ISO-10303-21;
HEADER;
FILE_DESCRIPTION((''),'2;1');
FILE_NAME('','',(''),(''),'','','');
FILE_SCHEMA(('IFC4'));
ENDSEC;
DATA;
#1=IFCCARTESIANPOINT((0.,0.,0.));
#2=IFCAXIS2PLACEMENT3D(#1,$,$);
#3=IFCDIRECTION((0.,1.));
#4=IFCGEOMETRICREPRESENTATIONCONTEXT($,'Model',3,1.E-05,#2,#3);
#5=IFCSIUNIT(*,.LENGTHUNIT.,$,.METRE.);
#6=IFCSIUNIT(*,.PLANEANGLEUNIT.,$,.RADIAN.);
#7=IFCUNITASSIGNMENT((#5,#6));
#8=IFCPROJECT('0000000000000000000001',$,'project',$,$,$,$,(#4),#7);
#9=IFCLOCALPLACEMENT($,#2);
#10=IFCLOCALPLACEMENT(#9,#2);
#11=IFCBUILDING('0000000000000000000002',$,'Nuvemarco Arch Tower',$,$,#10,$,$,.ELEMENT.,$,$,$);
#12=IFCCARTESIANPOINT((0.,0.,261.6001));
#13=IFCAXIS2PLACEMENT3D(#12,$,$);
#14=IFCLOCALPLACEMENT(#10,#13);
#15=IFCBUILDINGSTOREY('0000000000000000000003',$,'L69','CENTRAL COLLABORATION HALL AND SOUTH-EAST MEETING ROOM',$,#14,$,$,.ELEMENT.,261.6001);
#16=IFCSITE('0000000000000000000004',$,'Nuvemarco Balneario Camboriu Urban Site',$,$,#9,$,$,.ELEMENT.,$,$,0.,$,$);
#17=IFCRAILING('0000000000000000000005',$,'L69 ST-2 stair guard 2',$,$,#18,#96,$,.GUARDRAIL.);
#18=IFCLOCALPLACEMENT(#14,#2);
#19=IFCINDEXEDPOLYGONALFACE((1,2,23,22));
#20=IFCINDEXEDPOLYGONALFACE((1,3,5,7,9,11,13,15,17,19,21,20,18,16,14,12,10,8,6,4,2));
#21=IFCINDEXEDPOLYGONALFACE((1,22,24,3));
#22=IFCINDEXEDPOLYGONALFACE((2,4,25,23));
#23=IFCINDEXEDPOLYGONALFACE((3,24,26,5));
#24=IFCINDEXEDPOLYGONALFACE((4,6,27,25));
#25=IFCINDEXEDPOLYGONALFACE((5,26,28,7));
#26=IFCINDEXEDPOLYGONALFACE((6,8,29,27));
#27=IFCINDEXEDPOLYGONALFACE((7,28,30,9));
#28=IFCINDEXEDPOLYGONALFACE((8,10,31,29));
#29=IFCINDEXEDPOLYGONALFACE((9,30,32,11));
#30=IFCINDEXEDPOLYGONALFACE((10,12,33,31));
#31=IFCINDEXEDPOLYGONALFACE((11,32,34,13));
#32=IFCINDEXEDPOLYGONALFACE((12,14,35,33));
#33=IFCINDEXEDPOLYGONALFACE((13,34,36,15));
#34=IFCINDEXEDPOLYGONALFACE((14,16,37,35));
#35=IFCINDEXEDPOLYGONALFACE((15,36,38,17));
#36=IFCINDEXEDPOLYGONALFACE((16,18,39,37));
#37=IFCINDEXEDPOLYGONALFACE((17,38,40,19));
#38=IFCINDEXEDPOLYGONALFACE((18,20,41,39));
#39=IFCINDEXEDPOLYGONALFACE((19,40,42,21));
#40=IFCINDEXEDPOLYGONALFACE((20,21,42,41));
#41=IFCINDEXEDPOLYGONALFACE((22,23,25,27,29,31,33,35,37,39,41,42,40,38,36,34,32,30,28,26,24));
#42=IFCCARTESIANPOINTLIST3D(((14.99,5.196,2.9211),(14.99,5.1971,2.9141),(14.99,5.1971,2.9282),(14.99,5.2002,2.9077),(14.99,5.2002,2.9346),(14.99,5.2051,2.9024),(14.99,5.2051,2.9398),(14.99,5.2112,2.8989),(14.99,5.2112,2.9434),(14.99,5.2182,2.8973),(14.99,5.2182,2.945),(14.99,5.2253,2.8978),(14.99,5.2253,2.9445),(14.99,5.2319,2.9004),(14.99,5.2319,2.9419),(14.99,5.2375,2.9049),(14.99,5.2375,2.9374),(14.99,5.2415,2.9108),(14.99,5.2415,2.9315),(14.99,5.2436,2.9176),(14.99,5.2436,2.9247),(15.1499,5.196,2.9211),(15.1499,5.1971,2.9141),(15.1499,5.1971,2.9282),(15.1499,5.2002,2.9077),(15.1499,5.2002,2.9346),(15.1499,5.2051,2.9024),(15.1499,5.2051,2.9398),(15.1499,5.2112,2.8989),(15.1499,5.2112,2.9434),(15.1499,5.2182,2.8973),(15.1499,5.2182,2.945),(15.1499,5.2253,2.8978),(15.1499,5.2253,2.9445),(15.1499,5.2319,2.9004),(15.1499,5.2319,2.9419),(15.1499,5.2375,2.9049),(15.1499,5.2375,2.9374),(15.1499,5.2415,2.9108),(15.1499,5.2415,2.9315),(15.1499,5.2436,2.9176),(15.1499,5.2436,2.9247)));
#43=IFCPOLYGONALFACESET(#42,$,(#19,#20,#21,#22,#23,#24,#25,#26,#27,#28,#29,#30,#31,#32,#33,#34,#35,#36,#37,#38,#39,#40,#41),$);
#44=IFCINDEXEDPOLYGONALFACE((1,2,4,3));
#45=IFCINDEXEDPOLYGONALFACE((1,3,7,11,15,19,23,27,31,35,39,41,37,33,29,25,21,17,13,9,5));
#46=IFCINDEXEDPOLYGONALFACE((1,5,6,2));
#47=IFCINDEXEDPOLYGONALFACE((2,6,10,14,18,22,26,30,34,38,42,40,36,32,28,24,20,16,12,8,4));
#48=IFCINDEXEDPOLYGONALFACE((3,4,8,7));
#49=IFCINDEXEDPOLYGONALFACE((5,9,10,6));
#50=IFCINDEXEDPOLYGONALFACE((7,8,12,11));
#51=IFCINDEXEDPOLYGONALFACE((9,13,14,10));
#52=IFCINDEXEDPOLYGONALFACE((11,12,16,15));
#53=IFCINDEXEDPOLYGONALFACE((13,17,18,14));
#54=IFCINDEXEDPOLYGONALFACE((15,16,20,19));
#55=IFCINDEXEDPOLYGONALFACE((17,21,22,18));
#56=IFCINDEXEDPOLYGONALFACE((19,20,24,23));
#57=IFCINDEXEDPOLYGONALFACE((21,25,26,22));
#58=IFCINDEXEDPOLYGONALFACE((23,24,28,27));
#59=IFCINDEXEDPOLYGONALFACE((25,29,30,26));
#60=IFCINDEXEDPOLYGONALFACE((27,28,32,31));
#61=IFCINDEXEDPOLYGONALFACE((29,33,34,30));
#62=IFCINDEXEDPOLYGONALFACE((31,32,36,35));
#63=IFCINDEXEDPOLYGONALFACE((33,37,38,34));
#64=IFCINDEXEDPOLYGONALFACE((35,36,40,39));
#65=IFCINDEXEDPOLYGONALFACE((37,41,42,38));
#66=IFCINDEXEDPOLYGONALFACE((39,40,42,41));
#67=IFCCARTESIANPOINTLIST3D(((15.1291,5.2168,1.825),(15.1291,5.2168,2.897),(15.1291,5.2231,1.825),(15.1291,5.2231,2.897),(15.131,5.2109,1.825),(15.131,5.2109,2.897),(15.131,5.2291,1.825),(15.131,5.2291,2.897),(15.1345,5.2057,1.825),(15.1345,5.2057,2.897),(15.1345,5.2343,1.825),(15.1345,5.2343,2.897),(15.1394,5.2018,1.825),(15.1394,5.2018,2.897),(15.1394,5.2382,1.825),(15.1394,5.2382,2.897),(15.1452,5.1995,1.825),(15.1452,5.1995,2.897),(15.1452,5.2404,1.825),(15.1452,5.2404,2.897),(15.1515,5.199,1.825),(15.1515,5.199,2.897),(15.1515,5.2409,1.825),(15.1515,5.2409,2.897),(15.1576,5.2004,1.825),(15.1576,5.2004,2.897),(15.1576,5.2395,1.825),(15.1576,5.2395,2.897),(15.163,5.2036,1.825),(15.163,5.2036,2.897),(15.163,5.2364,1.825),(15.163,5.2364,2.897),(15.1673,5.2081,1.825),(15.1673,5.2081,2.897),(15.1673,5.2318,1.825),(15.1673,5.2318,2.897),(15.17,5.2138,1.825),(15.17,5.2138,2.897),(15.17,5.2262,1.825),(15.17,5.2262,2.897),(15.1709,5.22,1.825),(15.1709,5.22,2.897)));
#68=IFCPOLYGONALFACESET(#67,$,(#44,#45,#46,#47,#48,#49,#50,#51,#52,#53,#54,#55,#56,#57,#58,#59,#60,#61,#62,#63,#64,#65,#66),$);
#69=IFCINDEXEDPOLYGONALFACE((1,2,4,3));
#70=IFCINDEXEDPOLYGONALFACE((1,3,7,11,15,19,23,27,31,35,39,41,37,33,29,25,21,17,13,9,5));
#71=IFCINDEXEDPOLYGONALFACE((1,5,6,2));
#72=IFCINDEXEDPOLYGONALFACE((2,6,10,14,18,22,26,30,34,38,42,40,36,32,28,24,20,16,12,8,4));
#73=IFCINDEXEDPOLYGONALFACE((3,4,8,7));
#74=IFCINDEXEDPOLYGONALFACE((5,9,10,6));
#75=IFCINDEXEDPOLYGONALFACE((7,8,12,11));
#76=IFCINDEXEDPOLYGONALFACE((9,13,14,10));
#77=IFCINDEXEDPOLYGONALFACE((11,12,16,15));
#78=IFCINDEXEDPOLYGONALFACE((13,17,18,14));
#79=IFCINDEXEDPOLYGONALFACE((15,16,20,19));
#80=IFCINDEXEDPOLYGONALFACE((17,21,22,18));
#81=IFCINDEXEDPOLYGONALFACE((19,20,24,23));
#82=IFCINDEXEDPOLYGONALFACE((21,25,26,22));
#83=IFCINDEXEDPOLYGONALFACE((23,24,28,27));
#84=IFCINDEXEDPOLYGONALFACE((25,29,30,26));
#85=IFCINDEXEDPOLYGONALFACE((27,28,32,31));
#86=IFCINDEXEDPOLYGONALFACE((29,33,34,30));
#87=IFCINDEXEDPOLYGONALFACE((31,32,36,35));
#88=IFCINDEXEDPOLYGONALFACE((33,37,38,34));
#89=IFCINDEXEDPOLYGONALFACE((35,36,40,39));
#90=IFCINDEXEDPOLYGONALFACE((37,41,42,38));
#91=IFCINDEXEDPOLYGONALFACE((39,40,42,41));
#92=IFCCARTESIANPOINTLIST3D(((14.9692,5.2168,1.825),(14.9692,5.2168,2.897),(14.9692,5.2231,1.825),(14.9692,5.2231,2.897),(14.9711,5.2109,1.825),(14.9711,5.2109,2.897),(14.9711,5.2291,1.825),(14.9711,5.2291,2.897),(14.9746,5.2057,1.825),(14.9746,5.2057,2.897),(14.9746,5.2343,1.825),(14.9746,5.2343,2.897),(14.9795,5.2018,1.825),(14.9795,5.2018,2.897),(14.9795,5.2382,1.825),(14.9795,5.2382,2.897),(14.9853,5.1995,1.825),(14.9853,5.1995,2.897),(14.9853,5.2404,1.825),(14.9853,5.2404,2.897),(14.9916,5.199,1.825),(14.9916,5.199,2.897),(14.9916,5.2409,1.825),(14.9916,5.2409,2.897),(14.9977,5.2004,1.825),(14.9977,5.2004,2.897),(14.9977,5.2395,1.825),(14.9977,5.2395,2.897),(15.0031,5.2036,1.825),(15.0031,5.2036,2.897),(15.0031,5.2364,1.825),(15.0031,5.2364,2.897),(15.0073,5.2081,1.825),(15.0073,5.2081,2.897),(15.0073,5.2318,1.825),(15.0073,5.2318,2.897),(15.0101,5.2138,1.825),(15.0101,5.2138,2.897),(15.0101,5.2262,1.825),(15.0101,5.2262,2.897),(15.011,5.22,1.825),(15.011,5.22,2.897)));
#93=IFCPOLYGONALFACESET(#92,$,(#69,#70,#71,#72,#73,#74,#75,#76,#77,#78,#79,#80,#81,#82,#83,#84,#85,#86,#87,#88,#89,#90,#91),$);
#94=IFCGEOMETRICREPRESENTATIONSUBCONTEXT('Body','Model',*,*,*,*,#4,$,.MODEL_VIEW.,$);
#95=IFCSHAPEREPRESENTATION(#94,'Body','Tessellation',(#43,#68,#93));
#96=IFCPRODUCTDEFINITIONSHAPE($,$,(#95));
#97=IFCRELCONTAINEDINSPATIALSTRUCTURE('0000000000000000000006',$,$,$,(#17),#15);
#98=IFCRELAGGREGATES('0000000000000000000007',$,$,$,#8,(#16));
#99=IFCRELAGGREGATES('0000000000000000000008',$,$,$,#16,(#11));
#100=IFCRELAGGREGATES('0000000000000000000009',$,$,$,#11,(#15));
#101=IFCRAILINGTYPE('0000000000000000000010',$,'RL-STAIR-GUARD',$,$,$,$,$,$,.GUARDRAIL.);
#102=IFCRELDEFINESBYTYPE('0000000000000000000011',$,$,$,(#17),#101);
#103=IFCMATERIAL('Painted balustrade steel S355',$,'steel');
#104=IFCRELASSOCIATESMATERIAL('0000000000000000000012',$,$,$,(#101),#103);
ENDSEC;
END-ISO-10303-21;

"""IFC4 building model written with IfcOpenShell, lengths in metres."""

from ifc_helpers import new_model, si_unit, direction, frame, origin, origin_2d, place, context, subcontext, project, spatial, circle, extrude, material, type_object, element, save


model = new_model("IFC4")

# Units and contexts
model_context = context("Model", 3, precision=1e-05, world=origin(), true_north=direction((0.0, 1.0)))
body_context = subcontext(model_context, "Body", "Model", "MODEL_VIEW")
ifc_project = project(units=[si_unit("LENGTHUNIT", "METRE"), si_unit("PLANEANGLEUNIT", "RADIAN")], contexts=[model_context])

# Site, building, storey
site_placement = place(None, origin())
site = spatial("IfcSite", under=ifc_project, at=site_placement, Name="Nuvemarco Balneario Camboriu Urban Site", CompositionType="ELEMENT", RefElevation=0.0)
building_placement = place(site_placement, origin())
building = spatial("IfcBuilding", under=site, at=building_placement, Name="Nuvemarco Arch Tower", CompositionType="ELEMENT")
storey_placement = place(building_placement, frame((0.0, 0.0, 261.6001)))
storey = spatial("IfcBuildingStorey", under=building, at=storey_placement, Name="L69", Description="CENTRAL COLLABORATION HALL AND SOUTH-EAST MEETING ROOM", CompositionType="ELEMENT", Elevation=261.6001)

# Railing
ifc_material_1 = material(Name="Painted balustrade steel S355", Category="steel")
railing_type_1 = type_object("IfcRailingType", Name="RL-STAIR-GUARD", PredefinedType="GUARDRAIL", material=ifc_material_1)
railing_1_placement = place(storey_placement, frame((15.1499, 5.22, 1.825)))
element("IfcRailing", 1, at=railing_1_placement, inside=storey, type_object=railing_type_1, Name="L69 ST-2 stair guard 2", PredefinedType="GUARDRAIL", context=body_context, shape_type="SweptSolid", body=[
    extrude(circle(Radius=0.0239, at=origin_2d()), frame((0.0, 0.0, 1.0962), z_axis=(-1.0, 0.0, 0.0), x_axis=(0.0, -1.0, 0.0)), (0.0, 0.0, 1.0), 0.1599),
    extrude(circle(Radius=0.021, at=origin_2d()), origin(), (0.0, 0.0, 1.0), 1.072),
    extrude(circle(Radius=0.021, at=origin_2d()), frame((-0.1599, 0.0, 0.0)), (0.0, 0.0, 1.0), 1.072),
])

save(model, "model.ifc")
